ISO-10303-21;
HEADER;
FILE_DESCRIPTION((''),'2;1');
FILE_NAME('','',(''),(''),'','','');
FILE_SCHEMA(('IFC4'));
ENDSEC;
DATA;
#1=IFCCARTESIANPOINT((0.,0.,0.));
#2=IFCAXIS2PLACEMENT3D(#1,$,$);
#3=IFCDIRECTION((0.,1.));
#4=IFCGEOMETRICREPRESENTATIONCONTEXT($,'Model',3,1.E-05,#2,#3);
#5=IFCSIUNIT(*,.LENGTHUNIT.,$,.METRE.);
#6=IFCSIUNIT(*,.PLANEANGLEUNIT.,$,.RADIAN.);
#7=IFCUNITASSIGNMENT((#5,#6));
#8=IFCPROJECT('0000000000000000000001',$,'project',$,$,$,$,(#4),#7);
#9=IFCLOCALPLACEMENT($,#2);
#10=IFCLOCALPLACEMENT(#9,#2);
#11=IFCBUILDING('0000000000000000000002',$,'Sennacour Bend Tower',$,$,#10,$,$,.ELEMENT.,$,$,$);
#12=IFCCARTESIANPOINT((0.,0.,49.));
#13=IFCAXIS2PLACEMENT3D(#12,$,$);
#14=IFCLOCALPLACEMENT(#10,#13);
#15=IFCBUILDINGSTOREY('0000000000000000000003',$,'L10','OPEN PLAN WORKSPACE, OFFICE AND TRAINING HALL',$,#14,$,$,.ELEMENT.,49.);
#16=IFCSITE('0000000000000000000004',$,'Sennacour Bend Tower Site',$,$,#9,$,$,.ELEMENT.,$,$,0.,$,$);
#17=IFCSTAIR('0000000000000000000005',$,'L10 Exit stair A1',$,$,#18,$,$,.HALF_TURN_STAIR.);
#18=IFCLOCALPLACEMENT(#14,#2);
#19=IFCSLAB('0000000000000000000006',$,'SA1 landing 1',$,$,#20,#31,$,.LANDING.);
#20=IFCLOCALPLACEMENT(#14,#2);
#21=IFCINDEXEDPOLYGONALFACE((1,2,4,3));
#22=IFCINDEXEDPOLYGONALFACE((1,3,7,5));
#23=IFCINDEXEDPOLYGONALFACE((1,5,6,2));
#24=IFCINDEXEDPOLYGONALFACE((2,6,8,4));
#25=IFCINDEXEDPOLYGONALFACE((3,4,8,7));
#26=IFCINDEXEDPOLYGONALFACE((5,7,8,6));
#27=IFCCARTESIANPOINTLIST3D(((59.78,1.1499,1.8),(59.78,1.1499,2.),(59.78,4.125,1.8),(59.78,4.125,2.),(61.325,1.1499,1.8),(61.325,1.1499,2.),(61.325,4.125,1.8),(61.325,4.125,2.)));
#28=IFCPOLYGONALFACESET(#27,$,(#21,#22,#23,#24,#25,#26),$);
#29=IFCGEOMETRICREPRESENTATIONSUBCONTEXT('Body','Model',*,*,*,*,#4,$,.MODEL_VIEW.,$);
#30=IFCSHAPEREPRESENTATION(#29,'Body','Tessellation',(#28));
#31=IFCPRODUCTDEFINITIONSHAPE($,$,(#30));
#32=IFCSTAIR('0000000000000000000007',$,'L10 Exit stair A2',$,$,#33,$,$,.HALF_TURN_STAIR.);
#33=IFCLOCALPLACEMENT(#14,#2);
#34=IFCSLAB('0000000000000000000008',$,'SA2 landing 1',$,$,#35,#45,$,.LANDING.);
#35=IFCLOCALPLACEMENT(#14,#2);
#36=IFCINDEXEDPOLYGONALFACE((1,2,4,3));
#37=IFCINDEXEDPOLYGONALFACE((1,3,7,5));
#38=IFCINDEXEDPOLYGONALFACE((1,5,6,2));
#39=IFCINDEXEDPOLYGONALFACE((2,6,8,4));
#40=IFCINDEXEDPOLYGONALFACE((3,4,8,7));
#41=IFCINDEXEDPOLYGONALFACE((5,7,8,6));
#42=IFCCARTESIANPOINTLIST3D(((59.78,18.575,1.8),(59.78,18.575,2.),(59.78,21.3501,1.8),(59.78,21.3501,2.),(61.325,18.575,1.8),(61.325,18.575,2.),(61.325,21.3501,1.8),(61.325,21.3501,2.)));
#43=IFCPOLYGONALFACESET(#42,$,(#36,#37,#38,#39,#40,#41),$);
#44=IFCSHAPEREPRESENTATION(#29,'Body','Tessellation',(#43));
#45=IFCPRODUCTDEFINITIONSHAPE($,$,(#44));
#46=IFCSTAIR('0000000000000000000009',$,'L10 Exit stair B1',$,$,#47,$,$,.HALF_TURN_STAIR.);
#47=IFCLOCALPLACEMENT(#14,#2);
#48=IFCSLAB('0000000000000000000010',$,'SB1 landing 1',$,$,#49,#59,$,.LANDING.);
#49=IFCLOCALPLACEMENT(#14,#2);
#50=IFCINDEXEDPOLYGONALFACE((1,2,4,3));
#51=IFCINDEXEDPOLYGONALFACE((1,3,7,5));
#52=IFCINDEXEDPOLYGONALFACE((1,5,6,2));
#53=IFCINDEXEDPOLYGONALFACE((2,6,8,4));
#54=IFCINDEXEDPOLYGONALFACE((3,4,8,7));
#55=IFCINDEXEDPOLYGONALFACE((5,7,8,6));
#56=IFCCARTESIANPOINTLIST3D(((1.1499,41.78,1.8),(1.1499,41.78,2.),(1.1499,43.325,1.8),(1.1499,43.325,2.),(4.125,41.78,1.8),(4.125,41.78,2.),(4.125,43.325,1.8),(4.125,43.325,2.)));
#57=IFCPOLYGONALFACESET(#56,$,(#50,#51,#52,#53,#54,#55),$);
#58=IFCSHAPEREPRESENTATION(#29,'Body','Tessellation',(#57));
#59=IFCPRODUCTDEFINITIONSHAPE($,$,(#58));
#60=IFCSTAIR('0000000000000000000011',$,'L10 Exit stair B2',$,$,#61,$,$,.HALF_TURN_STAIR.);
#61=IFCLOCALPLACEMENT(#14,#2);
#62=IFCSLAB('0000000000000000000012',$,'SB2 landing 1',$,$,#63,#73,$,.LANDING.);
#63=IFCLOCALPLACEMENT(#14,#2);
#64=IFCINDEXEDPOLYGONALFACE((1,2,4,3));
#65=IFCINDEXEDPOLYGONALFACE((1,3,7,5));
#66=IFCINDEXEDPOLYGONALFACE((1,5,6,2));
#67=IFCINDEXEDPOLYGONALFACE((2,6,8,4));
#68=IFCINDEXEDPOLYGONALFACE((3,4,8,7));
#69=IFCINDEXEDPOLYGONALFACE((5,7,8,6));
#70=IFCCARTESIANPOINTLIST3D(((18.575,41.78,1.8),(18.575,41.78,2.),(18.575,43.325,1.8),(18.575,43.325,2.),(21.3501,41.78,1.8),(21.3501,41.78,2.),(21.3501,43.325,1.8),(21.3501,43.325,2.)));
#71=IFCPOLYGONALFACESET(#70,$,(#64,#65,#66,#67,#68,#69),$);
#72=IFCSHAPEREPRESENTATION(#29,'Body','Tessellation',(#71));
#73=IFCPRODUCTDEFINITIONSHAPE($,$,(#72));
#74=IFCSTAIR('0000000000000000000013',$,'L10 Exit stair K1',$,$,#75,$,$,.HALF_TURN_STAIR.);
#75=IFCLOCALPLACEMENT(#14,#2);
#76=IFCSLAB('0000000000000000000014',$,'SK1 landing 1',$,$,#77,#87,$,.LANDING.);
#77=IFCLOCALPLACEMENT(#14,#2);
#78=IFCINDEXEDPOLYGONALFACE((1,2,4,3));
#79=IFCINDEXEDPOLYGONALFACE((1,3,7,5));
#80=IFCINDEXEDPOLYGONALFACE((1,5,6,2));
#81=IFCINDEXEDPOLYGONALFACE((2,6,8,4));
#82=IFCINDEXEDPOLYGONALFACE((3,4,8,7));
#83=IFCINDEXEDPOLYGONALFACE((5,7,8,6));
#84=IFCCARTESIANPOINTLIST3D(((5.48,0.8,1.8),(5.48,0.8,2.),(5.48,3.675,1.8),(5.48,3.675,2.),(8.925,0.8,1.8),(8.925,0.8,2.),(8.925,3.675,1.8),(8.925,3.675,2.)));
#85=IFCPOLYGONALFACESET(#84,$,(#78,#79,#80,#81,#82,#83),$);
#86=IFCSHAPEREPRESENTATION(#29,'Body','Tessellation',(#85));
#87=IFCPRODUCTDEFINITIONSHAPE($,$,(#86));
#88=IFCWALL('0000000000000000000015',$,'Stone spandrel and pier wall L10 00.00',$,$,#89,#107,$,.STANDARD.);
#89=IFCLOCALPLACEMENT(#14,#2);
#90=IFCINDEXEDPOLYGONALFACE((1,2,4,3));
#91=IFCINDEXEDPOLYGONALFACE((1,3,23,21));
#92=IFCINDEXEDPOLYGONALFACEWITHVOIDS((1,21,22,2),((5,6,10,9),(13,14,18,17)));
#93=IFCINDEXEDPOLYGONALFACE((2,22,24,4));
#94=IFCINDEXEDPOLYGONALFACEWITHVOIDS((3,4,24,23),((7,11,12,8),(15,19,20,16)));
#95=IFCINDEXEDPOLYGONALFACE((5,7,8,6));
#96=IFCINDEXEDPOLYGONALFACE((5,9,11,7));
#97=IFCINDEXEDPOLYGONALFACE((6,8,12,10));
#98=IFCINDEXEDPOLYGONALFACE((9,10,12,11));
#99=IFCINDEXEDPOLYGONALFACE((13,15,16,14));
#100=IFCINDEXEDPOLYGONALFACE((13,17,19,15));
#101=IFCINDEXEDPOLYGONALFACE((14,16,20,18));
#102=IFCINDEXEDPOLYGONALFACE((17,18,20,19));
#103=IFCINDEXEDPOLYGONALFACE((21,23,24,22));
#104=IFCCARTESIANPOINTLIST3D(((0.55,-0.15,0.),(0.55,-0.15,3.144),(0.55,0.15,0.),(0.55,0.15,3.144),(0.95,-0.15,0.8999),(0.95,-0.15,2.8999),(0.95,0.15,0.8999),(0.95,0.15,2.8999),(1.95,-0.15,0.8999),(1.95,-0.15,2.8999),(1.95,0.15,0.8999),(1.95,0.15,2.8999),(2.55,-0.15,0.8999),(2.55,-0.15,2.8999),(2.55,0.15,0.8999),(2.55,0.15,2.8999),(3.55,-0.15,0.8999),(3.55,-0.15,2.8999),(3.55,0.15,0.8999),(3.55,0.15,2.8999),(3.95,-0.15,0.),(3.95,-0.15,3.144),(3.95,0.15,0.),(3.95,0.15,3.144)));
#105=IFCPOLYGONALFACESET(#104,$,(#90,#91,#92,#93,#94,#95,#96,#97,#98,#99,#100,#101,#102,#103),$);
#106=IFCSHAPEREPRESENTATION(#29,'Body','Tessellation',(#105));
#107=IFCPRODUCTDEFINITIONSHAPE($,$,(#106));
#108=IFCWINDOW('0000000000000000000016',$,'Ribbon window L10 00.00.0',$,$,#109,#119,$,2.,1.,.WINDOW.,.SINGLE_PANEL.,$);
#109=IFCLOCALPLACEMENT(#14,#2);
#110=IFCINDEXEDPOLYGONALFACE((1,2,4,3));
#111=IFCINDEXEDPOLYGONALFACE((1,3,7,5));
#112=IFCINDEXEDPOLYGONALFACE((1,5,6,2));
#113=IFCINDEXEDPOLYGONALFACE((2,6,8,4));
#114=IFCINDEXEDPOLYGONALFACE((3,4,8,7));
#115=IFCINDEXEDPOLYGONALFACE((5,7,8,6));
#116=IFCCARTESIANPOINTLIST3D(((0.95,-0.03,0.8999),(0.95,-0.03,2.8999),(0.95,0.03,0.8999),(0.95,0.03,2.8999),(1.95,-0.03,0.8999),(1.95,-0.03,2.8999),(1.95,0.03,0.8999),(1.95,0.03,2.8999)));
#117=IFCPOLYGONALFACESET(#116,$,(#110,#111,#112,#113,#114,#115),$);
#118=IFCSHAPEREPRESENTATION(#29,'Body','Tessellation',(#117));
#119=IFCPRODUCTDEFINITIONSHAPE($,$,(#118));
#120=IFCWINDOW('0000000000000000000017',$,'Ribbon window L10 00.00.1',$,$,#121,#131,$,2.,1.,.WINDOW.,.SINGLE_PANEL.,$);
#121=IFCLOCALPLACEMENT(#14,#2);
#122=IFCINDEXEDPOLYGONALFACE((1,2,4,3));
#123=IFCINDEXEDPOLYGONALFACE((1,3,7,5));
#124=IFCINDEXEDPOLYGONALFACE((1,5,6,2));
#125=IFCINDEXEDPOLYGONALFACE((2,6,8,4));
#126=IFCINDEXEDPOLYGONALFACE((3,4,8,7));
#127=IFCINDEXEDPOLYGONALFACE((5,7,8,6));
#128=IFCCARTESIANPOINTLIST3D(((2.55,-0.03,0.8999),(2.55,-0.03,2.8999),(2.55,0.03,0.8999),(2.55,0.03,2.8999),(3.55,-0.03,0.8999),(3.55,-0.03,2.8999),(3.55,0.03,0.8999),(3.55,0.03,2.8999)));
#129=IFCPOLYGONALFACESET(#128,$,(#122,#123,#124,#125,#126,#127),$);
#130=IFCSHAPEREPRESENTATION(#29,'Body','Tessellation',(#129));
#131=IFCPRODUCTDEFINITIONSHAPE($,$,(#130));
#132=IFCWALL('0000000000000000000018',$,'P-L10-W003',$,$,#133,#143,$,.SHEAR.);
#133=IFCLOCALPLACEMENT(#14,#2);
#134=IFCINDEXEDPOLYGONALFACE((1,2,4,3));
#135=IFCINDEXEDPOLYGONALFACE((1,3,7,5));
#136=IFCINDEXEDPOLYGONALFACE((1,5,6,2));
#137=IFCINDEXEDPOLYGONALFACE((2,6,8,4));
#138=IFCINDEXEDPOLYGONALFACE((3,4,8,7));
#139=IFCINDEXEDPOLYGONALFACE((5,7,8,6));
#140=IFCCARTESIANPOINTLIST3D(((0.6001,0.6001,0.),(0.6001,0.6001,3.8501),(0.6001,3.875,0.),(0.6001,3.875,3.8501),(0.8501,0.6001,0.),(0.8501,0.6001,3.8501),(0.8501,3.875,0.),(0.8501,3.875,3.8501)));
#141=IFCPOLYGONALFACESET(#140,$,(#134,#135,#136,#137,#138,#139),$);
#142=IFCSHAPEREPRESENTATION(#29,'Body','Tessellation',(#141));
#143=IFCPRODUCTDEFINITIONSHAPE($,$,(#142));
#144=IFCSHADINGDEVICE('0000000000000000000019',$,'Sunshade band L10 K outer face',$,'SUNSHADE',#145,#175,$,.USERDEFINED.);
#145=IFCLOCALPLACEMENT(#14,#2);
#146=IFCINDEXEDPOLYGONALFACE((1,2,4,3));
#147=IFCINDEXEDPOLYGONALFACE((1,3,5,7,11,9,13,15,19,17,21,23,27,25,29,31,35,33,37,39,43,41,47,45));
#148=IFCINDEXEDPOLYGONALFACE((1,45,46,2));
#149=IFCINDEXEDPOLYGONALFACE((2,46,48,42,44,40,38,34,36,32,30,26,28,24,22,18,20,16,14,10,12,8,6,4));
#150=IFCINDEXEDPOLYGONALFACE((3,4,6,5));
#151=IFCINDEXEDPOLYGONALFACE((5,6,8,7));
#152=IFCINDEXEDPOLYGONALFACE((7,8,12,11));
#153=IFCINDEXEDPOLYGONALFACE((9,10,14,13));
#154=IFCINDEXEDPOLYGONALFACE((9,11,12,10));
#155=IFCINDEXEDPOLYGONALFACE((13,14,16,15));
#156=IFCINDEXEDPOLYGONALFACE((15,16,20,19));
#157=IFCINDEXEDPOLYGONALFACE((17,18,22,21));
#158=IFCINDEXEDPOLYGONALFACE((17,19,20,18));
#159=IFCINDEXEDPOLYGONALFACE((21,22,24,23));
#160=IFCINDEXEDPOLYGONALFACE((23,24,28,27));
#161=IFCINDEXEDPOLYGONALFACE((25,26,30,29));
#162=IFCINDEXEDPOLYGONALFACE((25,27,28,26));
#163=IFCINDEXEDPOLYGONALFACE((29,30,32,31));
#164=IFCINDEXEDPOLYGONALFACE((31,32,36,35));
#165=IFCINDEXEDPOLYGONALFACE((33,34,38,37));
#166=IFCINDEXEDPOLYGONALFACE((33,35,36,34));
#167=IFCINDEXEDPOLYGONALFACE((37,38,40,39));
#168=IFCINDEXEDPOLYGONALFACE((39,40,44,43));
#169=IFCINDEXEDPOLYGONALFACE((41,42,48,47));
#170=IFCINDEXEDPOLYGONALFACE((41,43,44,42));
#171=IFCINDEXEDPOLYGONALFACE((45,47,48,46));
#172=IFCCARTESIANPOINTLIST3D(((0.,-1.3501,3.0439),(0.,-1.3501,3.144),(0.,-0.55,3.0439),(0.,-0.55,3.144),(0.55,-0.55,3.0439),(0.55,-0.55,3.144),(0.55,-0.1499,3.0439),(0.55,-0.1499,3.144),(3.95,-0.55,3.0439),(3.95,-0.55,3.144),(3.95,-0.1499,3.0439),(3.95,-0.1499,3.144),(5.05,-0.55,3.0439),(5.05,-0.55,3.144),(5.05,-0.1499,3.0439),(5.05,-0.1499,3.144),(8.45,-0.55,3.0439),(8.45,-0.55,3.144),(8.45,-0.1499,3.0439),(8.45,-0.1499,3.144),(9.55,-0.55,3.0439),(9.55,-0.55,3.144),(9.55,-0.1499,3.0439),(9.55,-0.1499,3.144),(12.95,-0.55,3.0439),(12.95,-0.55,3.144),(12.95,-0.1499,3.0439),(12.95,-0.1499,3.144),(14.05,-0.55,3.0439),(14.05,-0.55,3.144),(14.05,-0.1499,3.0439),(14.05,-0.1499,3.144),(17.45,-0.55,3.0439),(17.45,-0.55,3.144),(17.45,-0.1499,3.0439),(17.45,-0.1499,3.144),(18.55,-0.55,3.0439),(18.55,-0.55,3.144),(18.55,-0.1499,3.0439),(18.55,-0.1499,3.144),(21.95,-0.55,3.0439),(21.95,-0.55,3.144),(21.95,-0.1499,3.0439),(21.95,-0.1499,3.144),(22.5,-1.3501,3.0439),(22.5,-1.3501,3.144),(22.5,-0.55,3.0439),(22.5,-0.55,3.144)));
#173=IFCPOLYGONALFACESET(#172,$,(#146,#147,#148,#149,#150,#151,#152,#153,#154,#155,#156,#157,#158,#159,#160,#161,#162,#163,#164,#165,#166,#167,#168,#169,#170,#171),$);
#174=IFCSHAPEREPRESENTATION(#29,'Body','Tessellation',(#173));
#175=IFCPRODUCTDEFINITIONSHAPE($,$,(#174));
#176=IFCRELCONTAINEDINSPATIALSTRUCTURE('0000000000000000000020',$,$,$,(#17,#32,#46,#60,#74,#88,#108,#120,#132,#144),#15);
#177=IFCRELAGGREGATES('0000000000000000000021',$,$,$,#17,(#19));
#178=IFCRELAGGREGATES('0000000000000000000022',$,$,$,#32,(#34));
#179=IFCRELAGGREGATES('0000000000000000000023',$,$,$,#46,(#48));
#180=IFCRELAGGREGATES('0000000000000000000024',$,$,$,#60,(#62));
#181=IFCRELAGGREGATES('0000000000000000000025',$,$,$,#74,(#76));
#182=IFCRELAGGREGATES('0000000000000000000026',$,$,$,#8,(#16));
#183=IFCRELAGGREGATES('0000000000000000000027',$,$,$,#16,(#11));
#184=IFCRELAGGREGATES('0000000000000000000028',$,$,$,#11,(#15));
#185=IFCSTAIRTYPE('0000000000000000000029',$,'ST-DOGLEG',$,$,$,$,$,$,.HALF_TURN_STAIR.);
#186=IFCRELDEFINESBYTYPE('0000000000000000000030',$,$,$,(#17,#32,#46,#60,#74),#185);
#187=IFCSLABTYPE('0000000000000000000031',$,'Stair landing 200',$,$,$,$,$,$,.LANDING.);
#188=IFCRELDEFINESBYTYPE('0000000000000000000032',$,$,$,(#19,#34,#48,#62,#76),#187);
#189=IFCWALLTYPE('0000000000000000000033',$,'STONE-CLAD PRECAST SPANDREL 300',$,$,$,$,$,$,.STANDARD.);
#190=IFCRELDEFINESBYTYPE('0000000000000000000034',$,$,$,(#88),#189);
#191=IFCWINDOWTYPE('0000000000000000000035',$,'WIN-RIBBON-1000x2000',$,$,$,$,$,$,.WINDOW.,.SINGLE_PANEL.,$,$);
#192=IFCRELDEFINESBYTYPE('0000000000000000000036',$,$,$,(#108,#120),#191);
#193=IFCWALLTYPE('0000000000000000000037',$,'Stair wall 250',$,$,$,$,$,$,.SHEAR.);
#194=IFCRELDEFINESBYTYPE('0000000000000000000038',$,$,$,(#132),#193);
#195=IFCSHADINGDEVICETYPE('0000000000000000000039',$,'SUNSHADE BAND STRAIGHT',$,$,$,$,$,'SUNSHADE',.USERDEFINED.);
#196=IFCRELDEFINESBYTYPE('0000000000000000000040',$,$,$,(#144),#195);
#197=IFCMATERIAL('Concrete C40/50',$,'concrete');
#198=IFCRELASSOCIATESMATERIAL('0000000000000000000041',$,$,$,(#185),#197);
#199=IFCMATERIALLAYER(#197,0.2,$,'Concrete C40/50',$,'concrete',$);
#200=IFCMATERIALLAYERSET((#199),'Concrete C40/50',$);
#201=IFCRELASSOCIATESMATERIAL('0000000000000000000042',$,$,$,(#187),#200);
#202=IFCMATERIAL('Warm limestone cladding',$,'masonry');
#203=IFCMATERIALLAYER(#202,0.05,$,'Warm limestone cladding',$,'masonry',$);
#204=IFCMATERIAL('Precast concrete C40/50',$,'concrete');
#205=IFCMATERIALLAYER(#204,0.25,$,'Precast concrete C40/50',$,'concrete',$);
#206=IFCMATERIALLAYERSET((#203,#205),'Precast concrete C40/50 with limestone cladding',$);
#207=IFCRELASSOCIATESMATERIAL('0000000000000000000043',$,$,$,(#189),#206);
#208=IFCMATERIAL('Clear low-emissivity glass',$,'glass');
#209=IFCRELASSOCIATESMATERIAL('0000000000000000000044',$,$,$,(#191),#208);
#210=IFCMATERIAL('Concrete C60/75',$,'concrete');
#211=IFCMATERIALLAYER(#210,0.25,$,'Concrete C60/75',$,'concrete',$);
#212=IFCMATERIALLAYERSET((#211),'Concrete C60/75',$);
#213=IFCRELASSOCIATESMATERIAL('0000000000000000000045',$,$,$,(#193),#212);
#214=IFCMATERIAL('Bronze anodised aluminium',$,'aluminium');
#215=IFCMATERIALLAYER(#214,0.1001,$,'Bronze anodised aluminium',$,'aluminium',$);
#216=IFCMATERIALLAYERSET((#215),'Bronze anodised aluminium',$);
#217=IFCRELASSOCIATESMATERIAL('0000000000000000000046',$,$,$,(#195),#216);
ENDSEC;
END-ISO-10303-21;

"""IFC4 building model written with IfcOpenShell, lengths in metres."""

from ifc_helpers import new_model, si_unit, direction, frame, frame_2d, origin, place, context, subcontext, project, spatial, polyline, rectangle, outline, extrude, material, layer, layer_set, type_object, element, fill, aggregate, save


model = new_model("IFC4")

# Units and contexts
model_context = context("Model", 3, precision=1e-05, world=origin(), true_north=direction((0.0, 1.0)))
body_context = subcontext(model_context, "Body", "Model", "MODEL_VIEW")
ifc_project = project(units=[si_unit("LENGTHUNIT", "METRE"), si_unit("PLANEANGLEUNIT", "RADIAN")], contexts=[model_context])

# Site, building, storey
site_placement = place(None, origin())
site = spatial("IfcSite", under=ifc_project, at=site_placement, Name="Sennacour Bend Tower Site", CompositionType="ELEMENT", RefElevation=0.0)
building_placement = place(site_placement, origin())
building = spatial("IfcBuilding", under=site, at=building_placement, Name="Sennacour Bend Tower", CompositionType="ELEMENT")
storey_placement = place(building_placement, frame((0.0, 0.0, 49.0)))
storey = spatial("IfcBuildingStorey", under=building, at=storey_placement, Name="L10", Description="OPEN PLAN WORKSPACE, OFFICE AND TRAINING HALL", CompositionType="ELEMENT", Elevation=49.0)

# Shared definitions
ifc_material_1 = material(Name="Concrete C40/50", Category="concrete")

# Stairs, slabs
stair_type = type_object("IfcStairType", Name="ST-DOGLEG", PredefinedType="HALF_TURN_STAIR", material=ifc_material_1)
stair_1_placement = place(storey_placement, origin())
stair_1 = element("IfcStair", 1, at=stair_1_placement, inside=storey, type_object=stair_type, Name="L10 Exit stair A1", PredefinedType="HALF_TURN_STAIR")
ifc_layer_1 = layer(ifc_material_1, 0.2, Name="Concrete C40/50", Category="concrete")
ifc_layer_set_1 = layer_set([ifc_layer_1], Name="Concrete C40/50")
slab_type_1 = type_object("IfcSlabType", Name="Stair landing 200", PredefinedType="LANDING", material=ifc_layer_set_1)
slab_1_placement = place(storey_placement, frame((0.0, 0.0, 1.8)))
slab_1 = element("IfcSlab", 2, at=slab_1_placement, type_object=slab_type_1, Name="SA1 landing 1", PredefinedType="LANDING", context=body_context, shape_type="SweptSolid", body=[
    extrude(outline(polyline([(59.78, 1.1499), (61.325, 1.1499), (61.325, 4.125), (59.78, 4.125), (59.78, 1.1499)])), origin(), (0.0, 0.0, 1.0), 0.2),
])
aggregate(stair_1, [slab_1])
stair_2_placement = place(storey_placement, origin())
stair_2 = element("IfcStair", 3, at=stair_2_placement, inside=storey, type_object=stair_type, Name="L10 Exit stair A2", PredefinedType="HALF_TURN_STAIR")
slab_2_placement = place(storey_placement, frame((0.0, 0.0, 1.8)))
slab_2 = element("IfcSlab", 4, at=slab_2_placement, type_object=slab_type_1, Name="SA2 landing 1", PredefinedType="LANDING", context=body_context, shape_type="SweptSolid", body=[
    extrude(outline(polyline([(59.78, 18.575), (61.325, 18.575), (61.325, 21.3501), (59.78, 21.3501), (59.78, 18.575)])), origin(), (0.0, 0.0, 1.0), 0.2),
])
aggregate(stair_2, [slab_2])
stair_3_placement = place(storey_placement, origin())
stair_3 = element("IfcStair", 5, at=stair_3_placement, inside=storey, type_object=stair_type, Name="L10 Exit stair B1", PredefinedType="HALF_TURN_STAIR")
slab_3_placement = place(storey_placement, frame((0.0, 0.0, 1.8)))
slab_3 = element("IfcSlab", 6, at=slab_3_placement, type_object=slab_type_1, Name="SB1 landing 1", PredefinedType="LANDING", context=body_context, shape_type="SweptSolid", body=[
    extrude(outline(polyline([(1.1499, 41.78), (4.125, 41.78), (4.125, 43.325), (1.1499, 43.325), (1.1499, 41.78)])), origin(), (0.0, 0.0, 1.0), 0.2),
])
aggregate(stair_3, [slab_3])
stair_4_placement = place(storey_placement, origin())
stair_4 = element("IfcStair", 7, at=stair_4_placement, inside=storey, type_object=stair_type, Name="L10 Exit stair B2", PredefinedType="HALF_TURN_STAIR")
slab_4_placement = place(storey_placement, frame((0.0, 0.0, 1.8)))
slab_4 = element("IfcSlab", 8, at=slab_4_placement, type_object=slab_type_1, Name="SB2 landing 1", PredefinedType="LANDING", context=body_context, shape_type="SweptSolid", body=[
    extrude(outline(polyline([(18.575, 41.78), (21.3501, 41.78), (21.3501, 43.325), (18.575, 43.325), (18.575, 41.78)])), origin(), (0.0, 0.0, 1.0), 0.2),
])
aggregate(stair_4, [slab_4])
stair_5_placement = place(storey_placement, origin())
stair_5 = element("IfcStair", 9, at=stair_5_placement, inside=storey, type_object=stair_type, Name="L10 Exit stair K1", PredefinedType="HALF_TURN_STAIR")
slab_5_placement = place(storey_placement, frame((0.0, 0.0, 1.8)))
slab_5 = element("IfcSlab", 10, at=slab_5_placement, type_object=slab_type_1, Name="SK1 landing 1", PredefinedType="LANDING", context=body_context, shape_type="SweptSolid", body=[
    extrude(outline(polyline([(5.48, 0.8), (8.925, 0.8), (8.925, 3.675), (5.48, 3.675), (5.48, 0.8)])), origin(), (0.0, 0.0, 1.0), 0.2),
])
aggregate(stair_5, [slab_5])

# Wall, openings, windows
ifc_material_2 = material(Name="Warm limestone cladding", Category="masonry")
ifc_layer_2 = layer(ifc_material_2, 0.05, Name="Warm limestone cladding", Category="masonry")
ifc_material_3 = material(Name="Precast concrete C40/50", Category="concrete")
ifc_layer_3 = layer(ifc_material_3, 0.25, Name="Precast concrete C40/50", Category="concrete")
ifc_layer_set_2 = layer_set([ifc_layer_2, ifc_layer_3], Name="Precast concrete C40/50 with limestone cladding")
wall_type_1 = type_object("IfcWallType", Name="STONE-CLAD PRECAST SPANDREL 300", PredefinedType="STANDARD", material=ifc_layer_set_2)
wall_1_placement = place(storey_placement, frame((0.55, 0.0, 0.0), z_axis=(0.0, 0.0, 1.0), x_axis=(1.0, 0.0, 0.0)))
wall_1 = element("IfcWall", 11, at=wall_1_placement, inside=storey, type_object=wall_type_1, Name="Stone spandrel and pier wall L10 00.00", PredefinedType="STANDARD", context=body_context, shape_type="SweptSolid", body=[
    extrude(rectangle(XDim=3.3999, YDim=0.3, at=frame_2d((1.7, 0.0))), origin(), (0.0, 0.0, 1.0), 3.144),
])
opening_1_placement = place(wall_1_placement, frame((0.3999, 0.0, 0.8999)))
opening_1 = element("IfcOpeningElement", 12, at=opening_1_placement, cuts=wall_1, PredefinedType="OPENING", context=body_context, shape_type="SweptSolid", body=[
    extrude(rectangle(XDim=1.0, YDim=2.0, at=frame_2d((0.5, 1.0))), frame((0.0, 0.1602, 0.0), z_axis=(0.0, -1.0, 0.0), x_axis=(1.0, 0.0, 0.0)), (0.0, 0.0, 1.0), 0.3201),
])
opening_2_placement = place(wall_1_placement, frame((2.0, 0.0, 0.8999)))
opening_2 = element("IfcOpeningElement", 13, at=opening_2_placement, cuts=wall_1, PredefinedType="OPENING", context=body_context, shape_type="SweptSolid", body=[
    extrude(rectangle(XDim=1.0, YDim=2.0, at=frame_2d((0.5, 1.0))), frame((0.0, 0.1602, 0.0), z_axis=(0.0, -1.0, 0.0), x_axis=(1.0, 0.0, 0.0)), (0.0, 0.0, 1.0), 0.3201),
])
ifc_material_4 = material(Name="Clear low-emissivity glass", Category="glass")
window_type = type_object("IfcWindowType", Name="WIN-RIBBON-1000x2000", PartitioningType="SINGLE_PANEL", PredefinedType="WINDOW", material=ifc_material_4)
window_1_placement = place(opening_1_placement, origin())
window_1 = element("IfcWindow", 14, at=window_1_placement, inside=storey, type_object=window_type, Name="Ribbon window L10 00.00.0", OverallHeight=2.0, OverallWidth=1.0, PartitioningType="SINGLE_PANEL", PredefinedType="WINDOW", context=body_context, shape_type="SweptSolid", body=[
    extrude(rectangle(XDim=1.0, YDim=2.0, at=frame_2d((0.5, 1.0))), frame((0.0, 0.03, 0.0), z_axis=(0.0, -1.0, 0.0), x_axis=(1.0, 0.0, 0.0)), (0.0, 0.0, 1.0), 0.0601),
])
fill(opening_1, window_1)
window_2_placement = place(opening_2_placement, origin())
window_2 = element("IfcWindow", 15, at=window_2_placement, inside=storey, type_object=window_type, Name="Ribbon window L10 00.00.1", OverallHeight=2.0, OverallWidth=1.0, PartitioningType="SINGLE_PANEL", PredefinedType="WINDOW", context=body_context, shape_type="SweptSolid", body=[
    extrude(rectangle(XDim=1.0, YDim=2.0, at=frame_2d((0.5, 1.0))), frame((0.0, 0.03, 0.0), z_axis=(0.0, -1.0, 0.0), x_axis=(1.0, 0.0, 0.0)), (0.0, 0.0, 1.0), 0.0601),
])
fill(opening_2, window_2)

# Wall
ifc_material_5 = material(Name="Concrete C60/75", Category="concrete")
ifc_layer_4 = layer(ifc_material_5, 0.25, Name="Concrete C60/75", Category="concrete")
ifc_layer_set_3 = layer_set([ifc_layer_4], Name="Concrete C60/75")
wall_type_2 = type_object("IfcWallType", Name="Stair wall 250", PredefinedType="SHEAR", material=ifc_layer_set_3)
wall_2_placement = place(storey_placement, frame((0.7251, 0.6001, 0.0), z_axis=(0.0, 0.0, 1.0), x_axis=(0.0, 1.0, 0.0)))
element("IfcWall", 16, at=wall_2_placement, inside=storey, type_object=wall_type_2, Name="P-L10-W003", PredefinedType="SHEAR", context=body_context, shape_type="SweptSolid", body=[
    extrude(rectangle(XDim=3.2749, YDim=0.25, at=frame_2d((1.6375, 0.0))), origin(), (0.0, 0.0, 1.0), 3.8501),
])

# Shading device
ifc_material_6 = material(Name="Bronze anodised aluminium", Category="aluminium")
ifc_layer_5 = layer(ifc_material_6, 0.1001, Name="Bronze anodised aluminium", Category="aluminium")
ifc_layer_set_4 = layer_set([ifc_layer_5], Name="Bronze anodised aluminium")
shading_device_type_1 = type_object("IfcShadingDeviceType", Name="SUNSHADE BAND STRAIGHT", ElementType="SUNSHADE", PredefinedType="USERDEFINED", material=ifc_layer_set_4)
shading_device_1_placement = place(storey_placement, frame((0.0, 0.0, 3.0439)))
element("IfcShadingDevice", 17, at=shading_device_1_placement, inside=storey, type_object=shading_device_type_1, Name="Sunshade band L10 K outer face", ObjectType="SUNSHADE", PredefinedType="USERDEFINED", context=body_context, shape_type="SweptSolid", body=[
    extrude(outline(polyline([(3.95, -0.1499), (3.95, -0.55), (5.05, -0.55), (5.05, -0.1499), (8.45, -0.1499), (8.45, -0.55), (9.55, -0.55), (9.55, -0.1499), (12.95, -0.1499), (12.95, -0.55), (14.05, -0.55), (14.05, -0.1499), (17.45, -0.1499), (17.45, -0.55), (18.55, -0.55), (18.55, -0.1499), (21.95, -0.1499), (21.95, -0.55), (22.5, -0.55), (22.5, -1.3501), (0.0, -1.3501), (0.0, -0.55), (0.55, -0.55), (0.55, -0.1499), (3.95, -0.1499)])), origin(), (0.0, 0.0, 1.0), 0.1001),
])

save(model, "model.ifc")
